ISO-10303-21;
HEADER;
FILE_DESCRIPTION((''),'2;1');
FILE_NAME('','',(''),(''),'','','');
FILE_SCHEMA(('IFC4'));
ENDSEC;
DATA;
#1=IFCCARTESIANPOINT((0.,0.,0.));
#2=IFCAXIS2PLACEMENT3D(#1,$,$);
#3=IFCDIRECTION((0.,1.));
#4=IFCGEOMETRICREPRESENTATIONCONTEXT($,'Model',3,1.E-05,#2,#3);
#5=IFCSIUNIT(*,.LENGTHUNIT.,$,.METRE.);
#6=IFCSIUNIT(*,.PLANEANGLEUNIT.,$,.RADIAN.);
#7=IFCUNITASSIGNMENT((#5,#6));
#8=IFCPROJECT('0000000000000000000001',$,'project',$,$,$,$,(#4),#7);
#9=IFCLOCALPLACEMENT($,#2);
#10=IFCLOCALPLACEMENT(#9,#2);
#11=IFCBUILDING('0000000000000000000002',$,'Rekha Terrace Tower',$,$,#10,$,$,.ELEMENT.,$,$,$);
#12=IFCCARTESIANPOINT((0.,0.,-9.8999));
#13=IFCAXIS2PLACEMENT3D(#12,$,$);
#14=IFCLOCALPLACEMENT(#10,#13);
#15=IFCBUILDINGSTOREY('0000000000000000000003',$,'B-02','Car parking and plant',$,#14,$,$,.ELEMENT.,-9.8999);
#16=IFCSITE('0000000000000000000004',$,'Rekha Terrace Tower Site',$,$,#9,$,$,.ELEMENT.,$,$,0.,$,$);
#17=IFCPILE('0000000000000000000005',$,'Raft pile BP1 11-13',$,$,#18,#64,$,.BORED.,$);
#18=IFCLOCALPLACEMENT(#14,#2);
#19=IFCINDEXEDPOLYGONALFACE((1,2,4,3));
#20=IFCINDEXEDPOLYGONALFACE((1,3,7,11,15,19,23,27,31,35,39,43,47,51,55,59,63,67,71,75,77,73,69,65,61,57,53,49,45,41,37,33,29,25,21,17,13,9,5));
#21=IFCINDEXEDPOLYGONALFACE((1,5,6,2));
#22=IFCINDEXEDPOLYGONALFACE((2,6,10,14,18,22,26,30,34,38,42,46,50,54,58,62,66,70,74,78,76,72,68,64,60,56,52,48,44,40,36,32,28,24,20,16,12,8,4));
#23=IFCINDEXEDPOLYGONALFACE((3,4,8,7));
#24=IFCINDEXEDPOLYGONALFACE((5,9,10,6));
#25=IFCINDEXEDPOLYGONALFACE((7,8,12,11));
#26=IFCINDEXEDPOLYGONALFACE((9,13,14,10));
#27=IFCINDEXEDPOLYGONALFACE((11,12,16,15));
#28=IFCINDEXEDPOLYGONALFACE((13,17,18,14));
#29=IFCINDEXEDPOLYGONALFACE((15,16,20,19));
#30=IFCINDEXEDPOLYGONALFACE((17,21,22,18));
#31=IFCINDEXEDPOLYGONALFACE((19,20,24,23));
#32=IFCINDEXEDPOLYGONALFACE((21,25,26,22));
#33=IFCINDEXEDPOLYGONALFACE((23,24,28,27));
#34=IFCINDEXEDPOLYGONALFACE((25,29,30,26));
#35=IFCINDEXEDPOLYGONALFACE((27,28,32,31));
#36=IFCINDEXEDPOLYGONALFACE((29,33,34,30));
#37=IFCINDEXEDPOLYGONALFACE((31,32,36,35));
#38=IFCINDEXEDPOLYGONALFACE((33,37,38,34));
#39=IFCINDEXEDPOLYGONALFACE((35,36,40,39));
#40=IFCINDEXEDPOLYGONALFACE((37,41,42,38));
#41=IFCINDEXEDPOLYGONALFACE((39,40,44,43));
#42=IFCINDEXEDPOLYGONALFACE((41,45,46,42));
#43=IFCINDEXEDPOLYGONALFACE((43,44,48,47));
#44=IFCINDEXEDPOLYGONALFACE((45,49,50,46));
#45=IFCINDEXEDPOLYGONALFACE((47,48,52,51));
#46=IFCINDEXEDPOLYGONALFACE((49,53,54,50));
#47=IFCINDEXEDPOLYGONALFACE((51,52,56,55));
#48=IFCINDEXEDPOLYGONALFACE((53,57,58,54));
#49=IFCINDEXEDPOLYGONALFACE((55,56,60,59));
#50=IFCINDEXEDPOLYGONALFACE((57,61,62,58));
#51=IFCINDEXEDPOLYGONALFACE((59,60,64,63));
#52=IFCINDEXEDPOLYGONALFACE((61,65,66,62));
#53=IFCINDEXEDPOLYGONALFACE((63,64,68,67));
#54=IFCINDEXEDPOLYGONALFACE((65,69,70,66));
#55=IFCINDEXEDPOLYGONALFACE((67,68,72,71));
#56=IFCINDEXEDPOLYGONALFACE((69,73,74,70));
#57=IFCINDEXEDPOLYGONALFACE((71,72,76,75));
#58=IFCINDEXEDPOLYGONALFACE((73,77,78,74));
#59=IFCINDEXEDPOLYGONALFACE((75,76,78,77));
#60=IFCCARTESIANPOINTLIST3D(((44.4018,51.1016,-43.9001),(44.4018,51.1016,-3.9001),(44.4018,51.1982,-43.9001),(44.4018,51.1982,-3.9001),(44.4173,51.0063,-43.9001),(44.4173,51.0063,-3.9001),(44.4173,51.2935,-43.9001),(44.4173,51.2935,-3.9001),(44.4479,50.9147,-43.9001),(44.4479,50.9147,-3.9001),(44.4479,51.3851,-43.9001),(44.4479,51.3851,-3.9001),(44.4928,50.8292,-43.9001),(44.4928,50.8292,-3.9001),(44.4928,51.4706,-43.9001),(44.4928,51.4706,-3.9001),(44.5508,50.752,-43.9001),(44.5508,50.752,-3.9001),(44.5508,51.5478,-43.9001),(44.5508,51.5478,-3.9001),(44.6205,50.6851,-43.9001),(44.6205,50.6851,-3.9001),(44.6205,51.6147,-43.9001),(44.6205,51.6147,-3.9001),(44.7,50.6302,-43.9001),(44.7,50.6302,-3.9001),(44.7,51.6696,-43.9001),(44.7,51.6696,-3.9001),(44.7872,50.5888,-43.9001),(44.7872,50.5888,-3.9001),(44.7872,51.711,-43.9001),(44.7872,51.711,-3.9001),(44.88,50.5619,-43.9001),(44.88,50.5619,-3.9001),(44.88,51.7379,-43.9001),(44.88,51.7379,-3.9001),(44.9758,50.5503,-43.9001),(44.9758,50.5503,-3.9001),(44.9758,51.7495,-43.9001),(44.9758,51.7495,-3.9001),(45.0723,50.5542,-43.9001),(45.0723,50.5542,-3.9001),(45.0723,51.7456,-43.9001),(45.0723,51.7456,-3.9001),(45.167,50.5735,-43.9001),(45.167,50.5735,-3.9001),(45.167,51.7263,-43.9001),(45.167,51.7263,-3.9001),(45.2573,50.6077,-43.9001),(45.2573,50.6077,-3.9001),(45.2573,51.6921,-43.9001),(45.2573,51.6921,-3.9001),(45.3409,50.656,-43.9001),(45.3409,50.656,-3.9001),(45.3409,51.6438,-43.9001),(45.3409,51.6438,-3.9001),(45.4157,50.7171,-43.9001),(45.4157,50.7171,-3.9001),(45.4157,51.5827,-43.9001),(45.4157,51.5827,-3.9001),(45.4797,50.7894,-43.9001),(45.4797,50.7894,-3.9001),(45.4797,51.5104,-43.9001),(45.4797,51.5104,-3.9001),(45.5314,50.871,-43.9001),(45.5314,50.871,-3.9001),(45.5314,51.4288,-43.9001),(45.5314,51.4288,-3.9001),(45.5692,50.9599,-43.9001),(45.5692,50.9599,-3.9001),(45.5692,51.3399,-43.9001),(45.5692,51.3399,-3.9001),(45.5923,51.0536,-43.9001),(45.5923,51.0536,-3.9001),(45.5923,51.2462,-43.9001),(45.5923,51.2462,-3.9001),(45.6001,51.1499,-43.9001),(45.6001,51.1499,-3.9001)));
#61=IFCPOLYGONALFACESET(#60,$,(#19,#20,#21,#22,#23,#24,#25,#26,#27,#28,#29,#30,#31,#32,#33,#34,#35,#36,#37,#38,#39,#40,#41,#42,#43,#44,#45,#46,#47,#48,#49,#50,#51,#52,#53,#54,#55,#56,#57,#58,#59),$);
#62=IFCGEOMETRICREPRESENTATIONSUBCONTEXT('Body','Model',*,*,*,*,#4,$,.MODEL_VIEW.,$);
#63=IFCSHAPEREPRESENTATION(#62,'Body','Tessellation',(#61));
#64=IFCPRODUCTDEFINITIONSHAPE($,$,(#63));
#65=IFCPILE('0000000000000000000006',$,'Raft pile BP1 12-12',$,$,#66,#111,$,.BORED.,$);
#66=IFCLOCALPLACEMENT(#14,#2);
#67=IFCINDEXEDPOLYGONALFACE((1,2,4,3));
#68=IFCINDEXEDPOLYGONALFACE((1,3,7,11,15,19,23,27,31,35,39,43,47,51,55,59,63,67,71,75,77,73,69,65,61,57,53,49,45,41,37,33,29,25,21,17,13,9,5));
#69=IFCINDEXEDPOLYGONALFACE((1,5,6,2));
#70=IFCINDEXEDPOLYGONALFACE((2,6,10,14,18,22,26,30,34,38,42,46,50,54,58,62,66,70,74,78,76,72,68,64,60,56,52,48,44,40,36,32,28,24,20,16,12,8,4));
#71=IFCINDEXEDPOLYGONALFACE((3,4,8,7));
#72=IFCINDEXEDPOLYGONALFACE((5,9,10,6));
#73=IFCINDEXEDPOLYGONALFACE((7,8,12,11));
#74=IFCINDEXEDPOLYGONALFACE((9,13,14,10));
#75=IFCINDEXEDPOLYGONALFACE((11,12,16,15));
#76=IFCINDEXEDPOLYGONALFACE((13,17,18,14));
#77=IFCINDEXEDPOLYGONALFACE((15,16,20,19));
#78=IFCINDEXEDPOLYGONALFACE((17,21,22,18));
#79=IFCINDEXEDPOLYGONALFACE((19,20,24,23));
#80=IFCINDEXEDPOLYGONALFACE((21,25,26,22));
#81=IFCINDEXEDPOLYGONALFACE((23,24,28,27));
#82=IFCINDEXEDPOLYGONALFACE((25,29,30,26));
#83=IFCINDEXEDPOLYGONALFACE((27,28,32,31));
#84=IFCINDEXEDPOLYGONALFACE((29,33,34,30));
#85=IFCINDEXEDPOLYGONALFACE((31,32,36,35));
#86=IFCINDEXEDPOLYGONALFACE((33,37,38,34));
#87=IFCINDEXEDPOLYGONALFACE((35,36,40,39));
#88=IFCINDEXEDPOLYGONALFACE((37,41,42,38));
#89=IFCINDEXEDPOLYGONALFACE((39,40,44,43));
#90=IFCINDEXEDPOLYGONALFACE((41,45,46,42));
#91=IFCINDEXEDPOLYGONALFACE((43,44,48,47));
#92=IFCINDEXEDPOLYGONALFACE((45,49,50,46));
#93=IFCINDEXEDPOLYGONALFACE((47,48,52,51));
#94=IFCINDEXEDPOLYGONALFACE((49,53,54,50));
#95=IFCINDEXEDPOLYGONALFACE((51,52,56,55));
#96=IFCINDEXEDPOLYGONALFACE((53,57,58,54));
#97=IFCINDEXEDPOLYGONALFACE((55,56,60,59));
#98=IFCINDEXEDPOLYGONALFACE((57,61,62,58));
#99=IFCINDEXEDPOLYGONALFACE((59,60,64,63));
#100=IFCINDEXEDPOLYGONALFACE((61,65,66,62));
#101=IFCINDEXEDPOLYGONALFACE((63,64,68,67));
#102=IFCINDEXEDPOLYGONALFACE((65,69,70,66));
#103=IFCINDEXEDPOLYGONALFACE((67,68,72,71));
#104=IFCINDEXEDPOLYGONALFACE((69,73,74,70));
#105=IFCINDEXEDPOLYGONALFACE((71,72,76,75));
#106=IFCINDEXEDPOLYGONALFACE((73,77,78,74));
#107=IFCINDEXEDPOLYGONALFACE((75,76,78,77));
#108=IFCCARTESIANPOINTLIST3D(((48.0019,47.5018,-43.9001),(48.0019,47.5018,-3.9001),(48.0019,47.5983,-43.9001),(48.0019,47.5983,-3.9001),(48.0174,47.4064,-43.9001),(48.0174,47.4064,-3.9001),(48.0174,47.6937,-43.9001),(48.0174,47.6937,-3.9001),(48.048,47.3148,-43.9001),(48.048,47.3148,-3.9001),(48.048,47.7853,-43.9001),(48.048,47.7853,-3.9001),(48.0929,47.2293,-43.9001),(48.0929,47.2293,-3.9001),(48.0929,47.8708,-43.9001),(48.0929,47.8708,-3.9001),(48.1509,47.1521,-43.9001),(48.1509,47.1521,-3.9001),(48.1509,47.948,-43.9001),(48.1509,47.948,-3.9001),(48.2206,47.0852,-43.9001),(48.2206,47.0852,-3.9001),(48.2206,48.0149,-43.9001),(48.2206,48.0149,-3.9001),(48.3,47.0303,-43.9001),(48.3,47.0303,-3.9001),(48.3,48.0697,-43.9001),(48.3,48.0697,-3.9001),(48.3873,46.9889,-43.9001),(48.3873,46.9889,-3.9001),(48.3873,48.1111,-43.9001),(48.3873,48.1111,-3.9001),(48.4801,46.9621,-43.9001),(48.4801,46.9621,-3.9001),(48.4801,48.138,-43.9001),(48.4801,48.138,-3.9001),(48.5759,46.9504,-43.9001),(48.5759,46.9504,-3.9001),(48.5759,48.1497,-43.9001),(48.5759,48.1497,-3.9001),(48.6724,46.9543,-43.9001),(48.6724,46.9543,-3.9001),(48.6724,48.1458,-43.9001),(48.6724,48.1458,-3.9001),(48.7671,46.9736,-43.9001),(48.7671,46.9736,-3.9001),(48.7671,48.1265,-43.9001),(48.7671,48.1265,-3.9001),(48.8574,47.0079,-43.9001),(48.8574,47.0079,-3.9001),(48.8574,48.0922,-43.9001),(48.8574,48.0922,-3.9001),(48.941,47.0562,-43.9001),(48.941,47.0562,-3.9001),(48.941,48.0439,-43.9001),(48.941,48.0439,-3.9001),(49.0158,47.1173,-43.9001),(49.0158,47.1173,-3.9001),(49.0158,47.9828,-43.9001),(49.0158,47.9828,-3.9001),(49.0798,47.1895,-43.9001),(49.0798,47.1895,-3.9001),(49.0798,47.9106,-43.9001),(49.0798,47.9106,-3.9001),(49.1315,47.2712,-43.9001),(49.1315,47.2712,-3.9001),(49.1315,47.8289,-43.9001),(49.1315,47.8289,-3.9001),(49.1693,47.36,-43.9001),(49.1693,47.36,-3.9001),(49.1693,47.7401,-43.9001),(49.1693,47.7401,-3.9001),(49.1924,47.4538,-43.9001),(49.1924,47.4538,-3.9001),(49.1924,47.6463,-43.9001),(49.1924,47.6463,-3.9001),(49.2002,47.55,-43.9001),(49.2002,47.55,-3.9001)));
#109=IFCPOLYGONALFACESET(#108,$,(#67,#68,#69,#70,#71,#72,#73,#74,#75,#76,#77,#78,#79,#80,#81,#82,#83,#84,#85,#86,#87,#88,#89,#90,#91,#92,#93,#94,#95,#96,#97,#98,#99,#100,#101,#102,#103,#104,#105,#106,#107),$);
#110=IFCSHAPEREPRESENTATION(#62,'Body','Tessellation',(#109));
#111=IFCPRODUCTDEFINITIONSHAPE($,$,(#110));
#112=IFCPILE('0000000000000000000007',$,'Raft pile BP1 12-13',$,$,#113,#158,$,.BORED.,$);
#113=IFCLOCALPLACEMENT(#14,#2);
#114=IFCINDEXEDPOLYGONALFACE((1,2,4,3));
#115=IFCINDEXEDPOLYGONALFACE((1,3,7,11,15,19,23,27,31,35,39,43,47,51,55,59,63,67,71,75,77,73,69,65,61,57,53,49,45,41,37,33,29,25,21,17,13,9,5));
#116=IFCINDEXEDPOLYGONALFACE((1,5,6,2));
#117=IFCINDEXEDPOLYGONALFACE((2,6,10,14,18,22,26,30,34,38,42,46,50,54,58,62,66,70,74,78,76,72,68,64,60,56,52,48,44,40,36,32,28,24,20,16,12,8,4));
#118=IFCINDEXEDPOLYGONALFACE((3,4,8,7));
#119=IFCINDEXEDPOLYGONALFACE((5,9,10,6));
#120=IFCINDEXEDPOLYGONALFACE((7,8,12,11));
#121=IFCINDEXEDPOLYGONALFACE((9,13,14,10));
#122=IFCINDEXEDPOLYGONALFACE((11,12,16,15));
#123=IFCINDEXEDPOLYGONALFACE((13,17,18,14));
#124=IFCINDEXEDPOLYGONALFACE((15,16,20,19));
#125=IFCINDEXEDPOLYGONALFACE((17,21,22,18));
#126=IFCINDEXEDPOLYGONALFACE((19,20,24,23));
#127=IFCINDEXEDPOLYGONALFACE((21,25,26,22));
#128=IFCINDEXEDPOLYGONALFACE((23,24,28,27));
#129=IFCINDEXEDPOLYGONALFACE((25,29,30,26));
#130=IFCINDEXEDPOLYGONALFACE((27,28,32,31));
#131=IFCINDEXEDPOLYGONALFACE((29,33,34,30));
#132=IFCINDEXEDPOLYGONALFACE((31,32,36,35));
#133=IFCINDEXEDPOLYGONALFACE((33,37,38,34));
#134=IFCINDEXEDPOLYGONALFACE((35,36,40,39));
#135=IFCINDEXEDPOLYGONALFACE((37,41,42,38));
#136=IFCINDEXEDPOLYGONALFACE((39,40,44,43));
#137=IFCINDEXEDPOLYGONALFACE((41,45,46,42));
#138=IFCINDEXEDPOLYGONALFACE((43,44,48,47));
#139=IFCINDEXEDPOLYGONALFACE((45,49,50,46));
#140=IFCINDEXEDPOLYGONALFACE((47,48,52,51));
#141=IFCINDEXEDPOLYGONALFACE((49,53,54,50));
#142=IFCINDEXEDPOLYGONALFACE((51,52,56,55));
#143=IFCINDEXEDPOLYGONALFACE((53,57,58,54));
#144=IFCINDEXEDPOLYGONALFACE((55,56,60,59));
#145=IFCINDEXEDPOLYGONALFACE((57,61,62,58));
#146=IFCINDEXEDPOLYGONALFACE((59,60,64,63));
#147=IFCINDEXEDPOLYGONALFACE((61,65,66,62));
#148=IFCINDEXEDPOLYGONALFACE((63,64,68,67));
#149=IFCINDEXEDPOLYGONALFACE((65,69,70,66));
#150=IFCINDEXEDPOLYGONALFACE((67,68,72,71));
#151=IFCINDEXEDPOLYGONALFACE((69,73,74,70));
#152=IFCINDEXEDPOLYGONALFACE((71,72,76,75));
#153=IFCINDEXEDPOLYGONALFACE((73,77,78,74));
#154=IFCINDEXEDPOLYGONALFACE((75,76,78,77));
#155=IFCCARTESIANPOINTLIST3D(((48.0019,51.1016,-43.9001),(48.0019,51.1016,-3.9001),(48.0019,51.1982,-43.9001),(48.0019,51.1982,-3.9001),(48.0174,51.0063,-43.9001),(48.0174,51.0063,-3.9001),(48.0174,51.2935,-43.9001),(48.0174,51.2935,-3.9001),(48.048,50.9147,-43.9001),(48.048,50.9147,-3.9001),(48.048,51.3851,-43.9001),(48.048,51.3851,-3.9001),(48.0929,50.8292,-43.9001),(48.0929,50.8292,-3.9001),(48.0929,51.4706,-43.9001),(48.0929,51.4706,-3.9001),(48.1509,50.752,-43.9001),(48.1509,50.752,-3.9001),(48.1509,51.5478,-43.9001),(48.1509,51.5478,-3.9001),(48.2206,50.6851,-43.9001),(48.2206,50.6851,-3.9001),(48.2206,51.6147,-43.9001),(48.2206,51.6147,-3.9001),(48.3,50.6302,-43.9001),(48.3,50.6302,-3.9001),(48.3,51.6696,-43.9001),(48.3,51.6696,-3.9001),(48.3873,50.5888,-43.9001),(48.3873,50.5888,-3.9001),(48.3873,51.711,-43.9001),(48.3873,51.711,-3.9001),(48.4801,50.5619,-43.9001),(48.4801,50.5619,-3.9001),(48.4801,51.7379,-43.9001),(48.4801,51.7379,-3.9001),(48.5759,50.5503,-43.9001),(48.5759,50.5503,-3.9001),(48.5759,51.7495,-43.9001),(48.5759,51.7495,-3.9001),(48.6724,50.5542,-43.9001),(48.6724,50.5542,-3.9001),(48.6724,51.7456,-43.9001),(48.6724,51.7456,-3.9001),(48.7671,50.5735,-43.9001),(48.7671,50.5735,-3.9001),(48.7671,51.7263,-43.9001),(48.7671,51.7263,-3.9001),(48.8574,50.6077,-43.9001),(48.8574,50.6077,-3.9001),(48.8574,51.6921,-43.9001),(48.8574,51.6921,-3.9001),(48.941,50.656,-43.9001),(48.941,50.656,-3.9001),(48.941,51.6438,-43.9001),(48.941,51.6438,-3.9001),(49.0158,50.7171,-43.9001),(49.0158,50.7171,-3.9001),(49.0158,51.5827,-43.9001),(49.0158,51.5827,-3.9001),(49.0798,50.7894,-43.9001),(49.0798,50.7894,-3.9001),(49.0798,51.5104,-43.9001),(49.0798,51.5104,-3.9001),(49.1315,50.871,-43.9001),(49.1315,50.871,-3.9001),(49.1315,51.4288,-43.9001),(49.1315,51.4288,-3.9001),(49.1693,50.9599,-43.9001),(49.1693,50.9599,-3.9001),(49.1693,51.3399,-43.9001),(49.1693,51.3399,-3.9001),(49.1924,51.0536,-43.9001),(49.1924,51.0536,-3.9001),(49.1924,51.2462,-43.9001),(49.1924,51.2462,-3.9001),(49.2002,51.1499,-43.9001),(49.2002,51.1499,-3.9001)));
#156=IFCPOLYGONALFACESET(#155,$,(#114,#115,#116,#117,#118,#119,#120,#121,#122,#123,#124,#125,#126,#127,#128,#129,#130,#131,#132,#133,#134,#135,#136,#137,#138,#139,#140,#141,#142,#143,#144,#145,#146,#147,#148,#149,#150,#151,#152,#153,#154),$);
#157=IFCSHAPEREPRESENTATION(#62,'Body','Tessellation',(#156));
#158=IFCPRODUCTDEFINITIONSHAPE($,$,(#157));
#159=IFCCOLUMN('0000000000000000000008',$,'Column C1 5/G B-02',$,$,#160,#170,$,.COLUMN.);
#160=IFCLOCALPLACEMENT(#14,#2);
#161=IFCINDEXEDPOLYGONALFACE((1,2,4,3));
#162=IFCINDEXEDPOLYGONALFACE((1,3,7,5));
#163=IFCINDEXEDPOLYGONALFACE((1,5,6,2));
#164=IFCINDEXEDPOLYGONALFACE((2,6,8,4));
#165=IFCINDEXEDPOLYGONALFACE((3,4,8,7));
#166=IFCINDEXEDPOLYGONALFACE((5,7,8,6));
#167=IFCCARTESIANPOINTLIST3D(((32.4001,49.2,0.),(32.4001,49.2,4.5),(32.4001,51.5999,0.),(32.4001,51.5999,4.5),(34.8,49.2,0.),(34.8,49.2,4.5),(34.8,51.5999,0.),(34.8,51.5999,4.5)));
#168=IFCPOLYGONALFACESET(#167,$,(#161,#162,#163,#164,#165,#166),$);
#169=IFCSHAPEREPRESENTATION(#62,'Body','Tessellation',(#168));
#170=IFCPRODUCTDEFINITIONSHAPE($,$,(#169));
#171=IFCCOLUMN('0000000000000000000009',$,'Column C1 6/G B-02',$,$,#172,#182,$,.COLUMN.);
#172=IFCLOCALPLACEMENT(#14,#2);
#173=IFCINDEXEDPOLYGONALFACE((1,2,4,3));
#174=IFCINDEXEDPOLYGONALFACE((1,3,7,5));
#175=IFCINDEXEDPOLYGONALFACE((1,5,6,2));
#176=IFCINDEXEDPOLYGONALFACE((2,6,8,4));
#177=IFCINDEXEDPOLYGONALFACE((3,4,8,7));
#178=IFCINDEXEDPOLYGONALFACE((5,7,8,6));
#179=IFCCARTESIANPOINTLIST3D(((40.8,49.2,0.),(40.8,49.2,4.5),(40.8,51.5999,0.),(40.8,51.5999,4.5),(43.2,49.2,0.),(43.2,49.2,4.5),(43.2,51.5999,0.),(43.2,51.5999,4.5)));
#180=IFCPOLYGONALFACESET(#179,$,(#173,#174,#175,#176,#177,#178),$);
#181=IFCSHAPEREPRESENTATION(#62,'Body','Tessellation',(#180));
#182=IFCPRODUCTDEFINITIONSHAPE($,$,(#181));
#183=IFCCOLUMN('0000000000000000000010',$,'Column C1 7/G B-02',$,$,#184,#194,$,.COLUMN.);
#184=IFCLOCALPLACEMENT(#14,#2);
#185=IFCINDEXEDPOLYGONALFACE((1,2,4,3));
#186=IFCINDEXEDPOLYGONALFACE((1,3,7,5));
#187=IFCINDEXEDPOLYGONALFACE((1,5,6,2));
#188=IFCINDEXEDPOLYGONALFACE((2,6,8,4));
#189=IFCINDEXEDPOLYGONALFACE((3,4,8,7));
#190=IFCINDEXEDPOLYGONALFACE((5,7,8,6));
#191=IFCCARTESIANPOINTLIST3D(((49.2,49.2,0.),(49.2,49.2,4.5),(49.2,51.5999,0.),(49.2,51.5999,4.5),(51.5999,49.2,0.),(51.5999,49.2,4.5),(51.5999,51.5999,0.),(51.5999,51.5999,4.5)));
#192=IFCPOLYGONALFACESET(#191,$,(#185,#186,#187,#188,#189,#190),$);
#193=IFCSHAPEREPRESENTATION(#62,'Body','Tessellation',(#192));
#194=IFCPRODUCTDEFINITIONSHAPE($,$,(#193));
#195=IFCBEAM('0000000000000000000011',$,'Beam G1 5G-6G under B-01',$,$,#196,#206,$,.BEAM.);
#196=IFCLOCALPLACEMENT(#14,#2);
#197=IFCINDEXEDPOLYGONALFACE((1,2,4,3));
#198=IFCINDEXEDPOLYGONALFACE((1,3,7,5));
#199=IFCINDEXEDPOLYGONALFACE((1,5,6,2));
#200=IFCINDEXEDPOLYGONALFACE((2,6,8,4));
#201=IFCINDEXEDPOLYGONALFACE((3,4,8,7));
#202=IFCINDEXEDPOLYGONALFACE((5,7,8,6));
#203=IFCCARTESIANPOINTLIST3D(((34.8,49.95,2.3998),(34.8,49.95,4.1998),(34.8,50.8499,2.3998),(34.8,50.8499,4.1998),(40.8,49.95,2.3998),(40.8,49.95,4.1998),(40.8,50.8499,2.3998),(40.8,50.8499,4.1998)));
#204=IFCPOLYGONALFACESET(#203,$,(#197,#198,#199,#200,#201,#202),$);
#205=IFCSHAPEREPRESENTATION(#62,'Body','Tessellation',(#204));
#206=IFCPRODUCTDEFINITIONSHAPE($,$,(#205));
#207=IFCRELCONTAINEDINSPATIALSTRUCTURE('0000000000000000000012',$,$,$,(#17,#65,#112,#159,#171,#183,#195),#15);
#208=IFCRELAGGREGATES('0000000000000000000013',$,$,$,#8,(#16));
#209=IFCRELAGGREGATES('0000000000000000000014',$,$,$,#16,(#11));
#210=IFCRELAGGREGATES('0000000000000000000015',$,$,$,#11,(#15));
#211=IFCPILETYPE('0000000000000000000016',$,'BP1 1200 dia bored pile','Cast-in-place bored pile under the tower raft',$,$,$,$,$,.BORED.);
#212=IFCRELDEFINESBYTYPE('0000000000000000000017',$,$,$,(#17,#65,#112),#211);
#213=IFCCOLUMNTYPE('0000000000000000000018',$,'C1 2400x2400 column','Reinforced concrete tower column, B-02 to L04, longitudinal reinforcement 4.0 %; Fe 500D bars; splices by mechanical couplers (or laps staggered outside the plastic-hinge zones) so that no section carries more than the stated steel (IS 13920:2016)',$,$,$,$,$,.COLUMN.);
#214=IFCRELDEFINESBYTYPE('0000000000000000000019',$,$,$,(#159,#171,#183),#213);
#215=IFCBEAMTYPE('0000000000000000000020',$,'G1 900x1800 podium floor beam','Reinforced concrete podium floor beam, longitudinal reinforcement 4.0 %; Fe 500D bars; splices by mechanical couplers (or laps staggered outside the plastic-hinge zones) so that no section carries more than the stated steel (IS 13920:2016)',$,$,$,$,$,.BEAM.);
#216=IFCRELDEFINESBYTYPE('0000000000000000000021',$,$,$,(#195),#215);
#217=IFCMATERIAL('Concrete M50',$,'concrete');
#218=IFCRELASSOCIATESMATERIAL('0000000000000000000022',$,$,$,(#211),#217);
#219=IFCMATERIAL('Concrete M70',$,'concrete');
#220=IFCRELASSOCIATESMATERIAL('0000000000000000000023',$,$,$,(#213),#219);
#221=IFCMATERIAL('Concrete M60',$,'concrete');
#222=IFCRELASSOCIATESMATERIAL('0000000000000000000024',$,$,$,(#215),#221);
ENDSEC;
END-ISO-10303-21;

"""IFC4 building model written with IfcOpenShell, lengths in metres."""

from ifc_helpers import new_model, si_unit, direction, frame, origin, origin_2d, place, context, subcontext, project, spatial, rectangle, circle, extrude, material, material_profile, profile_set, type_object, element, save


model = new_model("IFC4")

# Units and contexts
model_context = context("Model", 3, precision=1e-05, world=origin(), true_north=direction((0.0, 1.0)))
body_context = subcontext(model_context, "Body", "Model", "MODEL_VIEW")
ifc_project = project(units=[si_unit("LENGTHUNIT", "METRE"), si_unit("PLANEANGLEUNIT", "RADIAN")], contexts=[model_context])

# Site, building, storey
site_placement = place(None, origin())
site = spatial("IfcSite", under=ifc_project, at=site_placement, Name="Rekha Terrace Tower Site", CompositionType="ELEMENT", RefElevation=0.0)
building_placement = place(site_placement, origin())
building = spatial("IfcBuilding", under=site, at=building_placement, Name="Rekha Terrace Tower", CompositionType="ELEMENT")
storey_placement = place(building_placement, frame((0.0, 0.0, -9.8999)))
storey = spatial("IfcBuildingStorey", under=building, at=storey_placement, Name="B-02", Description="Car parking and plant", CompositionType="ELEMENT", Elevation=-9.8999)

# Piles
ifc_material_1 = material(Name="Concrete M50", Category="concrete")
pile_type = type_object("IfcPileType", Name="BP1 1200 dia bored pile", Description="Cast-in-place bored pile under the tower raft", PredefinedType="BORED", material=ifc_material_1)
for number, where, z_axis, x_axis, name in (
    (1, (45.0, 51.1499, -3.9001), (0.0, 0.0, -1.0), (1.0, 0.0, 0.0), "Raft pile BP1 11-13"),
    (2, (48.6001, 47.55, -3.9001), (0.0, 0.0, -1.0), (1.0, 0.0, 0.0), "Raft pile BP1 12-12"),
    (3, (48.6001, 51.1499, -3.9001), (0.0, 0.0, -1.0), (1.0, 0.0, 0.0), "Raft pile BP1 12-13"),
):
    element("IfcPile", number, at=place(storey_placement, frame(where, z_axis=z_axis, x_axis=x_axis)), inside=storey, type_object=pile_type, Name=name, PredefinedType="BORED", context=body_context, shape_type="SweptSolid", body=[
        extrude(circle(Radius=0.6001, at=origin_2d()), origin(), (0.0, 0.0, 1.0), 40.0),
    ])

# Columns
ifc_material_2 = material(Name="Concrete M70", Category="concrete")
ifc_material_profile_1 = material_profile(ifc_material_2, rectangle(XDim=2.3999, YDim=2.3999, at=origin_2d()), Name="RC 2400x2400")
ifc_profile_set_1 = profile_set([ifc_material_profile_1], Name="Concrete M70")
column_type = type_object("IfcColumnType", Name="C1 2400x2400 column", Description="Reinforced concrete tower column, B-02 to L04, longitudinal reinforcement 4.0 %; Fe 500D bars; splices by mechanical couplers (or laps staggered outside the plastic-hinge zones) so that no section carries more than the stated steel (IS 13920:2016)", PredefinedType="COLUMN", material=ifc_profile_set_1)
for number, where, z_axis, x_axis, name in (
    (4, (33.6001, 50.3999, 0.0), (0.0, 0.0, 1.0), (1.0, 0.0, 0.0), "Column C1 5/G B-02"),
    (5, (42.0, 50.3999, 0.0), (0.0, 0.0, 1.0), (1.0, 0.0, 0.0), "Column C1 6/G B-02"),
    (6, (50.3999, 50.3999, 0.0), (0.0, 0.0, 1.0), (1.0, 0.0, 0.0), "Column C1 7/G B-02"),
):
    element("IfcColumn", number, at=place(storey_placement, frame(where, z_axis=z_axis, x_axis=x_axis)), inside=storey, type_object=column_type, Name=name, PredefinedType="COLUMN", context=body_context, shape_type="SweptSolid", body=[
        extrude(rectangle(XDim=2.3999, YDim=2.3999, at=origin_2d()), origin(), (0.0, 0.0, 1.0), 4.5),
    ])

# Beam
ifc_material_3 = material(Name="Concrete M60", Category="concrete")
ifc_material_profile_2 = material_profile(ifc_material_3, rectangle(XDim=0.8999, YDim=1.8, at=origin_2d()), Name="RC 900x1800")
ifc_profile_set_2 = profile_set([ifc_material_profile_2], Name="Concrete M60")
beam_type_1 = type_object("IfcBeamType", Name="G1 900x1800 podium floor beam", Description="Reinforced concrete podium floor beam, longitudinal reinforcement 4.0 %; Fe 500D bars; splices by mechanical couplers (or laps staggered outside the plastic-hinge zones) so that no section carries more than the stated steel (IS 13920:2016)", PredefinedType="BEAM", material=ifc_profile_set_2)
for number, where, z_axis, x_axis, name in (
    (7, (34.8, 50.3999, 3.2998), (1.0, 0.0, 0.0), (0.0, 1.0, 0.0), "Beam G1 5G-6G under B-01"),
):
    element("IfcBeam", number, at=place(storey_placement, frame(where, z_axis=z_axis, x_axis=x_axis)), inside=storey, type_object=beam_type_1, Name=name, PredefinedType="BEAM", context=body_context, shape_type="SweptSolid", body=[
        extrude(rectangle(XDim=0.8999, YDim=1.8, at=origin_2d()), origin(), (0.0, 0.0, 1.0), 6.0),
    ])

save(model, "model.ifc")
